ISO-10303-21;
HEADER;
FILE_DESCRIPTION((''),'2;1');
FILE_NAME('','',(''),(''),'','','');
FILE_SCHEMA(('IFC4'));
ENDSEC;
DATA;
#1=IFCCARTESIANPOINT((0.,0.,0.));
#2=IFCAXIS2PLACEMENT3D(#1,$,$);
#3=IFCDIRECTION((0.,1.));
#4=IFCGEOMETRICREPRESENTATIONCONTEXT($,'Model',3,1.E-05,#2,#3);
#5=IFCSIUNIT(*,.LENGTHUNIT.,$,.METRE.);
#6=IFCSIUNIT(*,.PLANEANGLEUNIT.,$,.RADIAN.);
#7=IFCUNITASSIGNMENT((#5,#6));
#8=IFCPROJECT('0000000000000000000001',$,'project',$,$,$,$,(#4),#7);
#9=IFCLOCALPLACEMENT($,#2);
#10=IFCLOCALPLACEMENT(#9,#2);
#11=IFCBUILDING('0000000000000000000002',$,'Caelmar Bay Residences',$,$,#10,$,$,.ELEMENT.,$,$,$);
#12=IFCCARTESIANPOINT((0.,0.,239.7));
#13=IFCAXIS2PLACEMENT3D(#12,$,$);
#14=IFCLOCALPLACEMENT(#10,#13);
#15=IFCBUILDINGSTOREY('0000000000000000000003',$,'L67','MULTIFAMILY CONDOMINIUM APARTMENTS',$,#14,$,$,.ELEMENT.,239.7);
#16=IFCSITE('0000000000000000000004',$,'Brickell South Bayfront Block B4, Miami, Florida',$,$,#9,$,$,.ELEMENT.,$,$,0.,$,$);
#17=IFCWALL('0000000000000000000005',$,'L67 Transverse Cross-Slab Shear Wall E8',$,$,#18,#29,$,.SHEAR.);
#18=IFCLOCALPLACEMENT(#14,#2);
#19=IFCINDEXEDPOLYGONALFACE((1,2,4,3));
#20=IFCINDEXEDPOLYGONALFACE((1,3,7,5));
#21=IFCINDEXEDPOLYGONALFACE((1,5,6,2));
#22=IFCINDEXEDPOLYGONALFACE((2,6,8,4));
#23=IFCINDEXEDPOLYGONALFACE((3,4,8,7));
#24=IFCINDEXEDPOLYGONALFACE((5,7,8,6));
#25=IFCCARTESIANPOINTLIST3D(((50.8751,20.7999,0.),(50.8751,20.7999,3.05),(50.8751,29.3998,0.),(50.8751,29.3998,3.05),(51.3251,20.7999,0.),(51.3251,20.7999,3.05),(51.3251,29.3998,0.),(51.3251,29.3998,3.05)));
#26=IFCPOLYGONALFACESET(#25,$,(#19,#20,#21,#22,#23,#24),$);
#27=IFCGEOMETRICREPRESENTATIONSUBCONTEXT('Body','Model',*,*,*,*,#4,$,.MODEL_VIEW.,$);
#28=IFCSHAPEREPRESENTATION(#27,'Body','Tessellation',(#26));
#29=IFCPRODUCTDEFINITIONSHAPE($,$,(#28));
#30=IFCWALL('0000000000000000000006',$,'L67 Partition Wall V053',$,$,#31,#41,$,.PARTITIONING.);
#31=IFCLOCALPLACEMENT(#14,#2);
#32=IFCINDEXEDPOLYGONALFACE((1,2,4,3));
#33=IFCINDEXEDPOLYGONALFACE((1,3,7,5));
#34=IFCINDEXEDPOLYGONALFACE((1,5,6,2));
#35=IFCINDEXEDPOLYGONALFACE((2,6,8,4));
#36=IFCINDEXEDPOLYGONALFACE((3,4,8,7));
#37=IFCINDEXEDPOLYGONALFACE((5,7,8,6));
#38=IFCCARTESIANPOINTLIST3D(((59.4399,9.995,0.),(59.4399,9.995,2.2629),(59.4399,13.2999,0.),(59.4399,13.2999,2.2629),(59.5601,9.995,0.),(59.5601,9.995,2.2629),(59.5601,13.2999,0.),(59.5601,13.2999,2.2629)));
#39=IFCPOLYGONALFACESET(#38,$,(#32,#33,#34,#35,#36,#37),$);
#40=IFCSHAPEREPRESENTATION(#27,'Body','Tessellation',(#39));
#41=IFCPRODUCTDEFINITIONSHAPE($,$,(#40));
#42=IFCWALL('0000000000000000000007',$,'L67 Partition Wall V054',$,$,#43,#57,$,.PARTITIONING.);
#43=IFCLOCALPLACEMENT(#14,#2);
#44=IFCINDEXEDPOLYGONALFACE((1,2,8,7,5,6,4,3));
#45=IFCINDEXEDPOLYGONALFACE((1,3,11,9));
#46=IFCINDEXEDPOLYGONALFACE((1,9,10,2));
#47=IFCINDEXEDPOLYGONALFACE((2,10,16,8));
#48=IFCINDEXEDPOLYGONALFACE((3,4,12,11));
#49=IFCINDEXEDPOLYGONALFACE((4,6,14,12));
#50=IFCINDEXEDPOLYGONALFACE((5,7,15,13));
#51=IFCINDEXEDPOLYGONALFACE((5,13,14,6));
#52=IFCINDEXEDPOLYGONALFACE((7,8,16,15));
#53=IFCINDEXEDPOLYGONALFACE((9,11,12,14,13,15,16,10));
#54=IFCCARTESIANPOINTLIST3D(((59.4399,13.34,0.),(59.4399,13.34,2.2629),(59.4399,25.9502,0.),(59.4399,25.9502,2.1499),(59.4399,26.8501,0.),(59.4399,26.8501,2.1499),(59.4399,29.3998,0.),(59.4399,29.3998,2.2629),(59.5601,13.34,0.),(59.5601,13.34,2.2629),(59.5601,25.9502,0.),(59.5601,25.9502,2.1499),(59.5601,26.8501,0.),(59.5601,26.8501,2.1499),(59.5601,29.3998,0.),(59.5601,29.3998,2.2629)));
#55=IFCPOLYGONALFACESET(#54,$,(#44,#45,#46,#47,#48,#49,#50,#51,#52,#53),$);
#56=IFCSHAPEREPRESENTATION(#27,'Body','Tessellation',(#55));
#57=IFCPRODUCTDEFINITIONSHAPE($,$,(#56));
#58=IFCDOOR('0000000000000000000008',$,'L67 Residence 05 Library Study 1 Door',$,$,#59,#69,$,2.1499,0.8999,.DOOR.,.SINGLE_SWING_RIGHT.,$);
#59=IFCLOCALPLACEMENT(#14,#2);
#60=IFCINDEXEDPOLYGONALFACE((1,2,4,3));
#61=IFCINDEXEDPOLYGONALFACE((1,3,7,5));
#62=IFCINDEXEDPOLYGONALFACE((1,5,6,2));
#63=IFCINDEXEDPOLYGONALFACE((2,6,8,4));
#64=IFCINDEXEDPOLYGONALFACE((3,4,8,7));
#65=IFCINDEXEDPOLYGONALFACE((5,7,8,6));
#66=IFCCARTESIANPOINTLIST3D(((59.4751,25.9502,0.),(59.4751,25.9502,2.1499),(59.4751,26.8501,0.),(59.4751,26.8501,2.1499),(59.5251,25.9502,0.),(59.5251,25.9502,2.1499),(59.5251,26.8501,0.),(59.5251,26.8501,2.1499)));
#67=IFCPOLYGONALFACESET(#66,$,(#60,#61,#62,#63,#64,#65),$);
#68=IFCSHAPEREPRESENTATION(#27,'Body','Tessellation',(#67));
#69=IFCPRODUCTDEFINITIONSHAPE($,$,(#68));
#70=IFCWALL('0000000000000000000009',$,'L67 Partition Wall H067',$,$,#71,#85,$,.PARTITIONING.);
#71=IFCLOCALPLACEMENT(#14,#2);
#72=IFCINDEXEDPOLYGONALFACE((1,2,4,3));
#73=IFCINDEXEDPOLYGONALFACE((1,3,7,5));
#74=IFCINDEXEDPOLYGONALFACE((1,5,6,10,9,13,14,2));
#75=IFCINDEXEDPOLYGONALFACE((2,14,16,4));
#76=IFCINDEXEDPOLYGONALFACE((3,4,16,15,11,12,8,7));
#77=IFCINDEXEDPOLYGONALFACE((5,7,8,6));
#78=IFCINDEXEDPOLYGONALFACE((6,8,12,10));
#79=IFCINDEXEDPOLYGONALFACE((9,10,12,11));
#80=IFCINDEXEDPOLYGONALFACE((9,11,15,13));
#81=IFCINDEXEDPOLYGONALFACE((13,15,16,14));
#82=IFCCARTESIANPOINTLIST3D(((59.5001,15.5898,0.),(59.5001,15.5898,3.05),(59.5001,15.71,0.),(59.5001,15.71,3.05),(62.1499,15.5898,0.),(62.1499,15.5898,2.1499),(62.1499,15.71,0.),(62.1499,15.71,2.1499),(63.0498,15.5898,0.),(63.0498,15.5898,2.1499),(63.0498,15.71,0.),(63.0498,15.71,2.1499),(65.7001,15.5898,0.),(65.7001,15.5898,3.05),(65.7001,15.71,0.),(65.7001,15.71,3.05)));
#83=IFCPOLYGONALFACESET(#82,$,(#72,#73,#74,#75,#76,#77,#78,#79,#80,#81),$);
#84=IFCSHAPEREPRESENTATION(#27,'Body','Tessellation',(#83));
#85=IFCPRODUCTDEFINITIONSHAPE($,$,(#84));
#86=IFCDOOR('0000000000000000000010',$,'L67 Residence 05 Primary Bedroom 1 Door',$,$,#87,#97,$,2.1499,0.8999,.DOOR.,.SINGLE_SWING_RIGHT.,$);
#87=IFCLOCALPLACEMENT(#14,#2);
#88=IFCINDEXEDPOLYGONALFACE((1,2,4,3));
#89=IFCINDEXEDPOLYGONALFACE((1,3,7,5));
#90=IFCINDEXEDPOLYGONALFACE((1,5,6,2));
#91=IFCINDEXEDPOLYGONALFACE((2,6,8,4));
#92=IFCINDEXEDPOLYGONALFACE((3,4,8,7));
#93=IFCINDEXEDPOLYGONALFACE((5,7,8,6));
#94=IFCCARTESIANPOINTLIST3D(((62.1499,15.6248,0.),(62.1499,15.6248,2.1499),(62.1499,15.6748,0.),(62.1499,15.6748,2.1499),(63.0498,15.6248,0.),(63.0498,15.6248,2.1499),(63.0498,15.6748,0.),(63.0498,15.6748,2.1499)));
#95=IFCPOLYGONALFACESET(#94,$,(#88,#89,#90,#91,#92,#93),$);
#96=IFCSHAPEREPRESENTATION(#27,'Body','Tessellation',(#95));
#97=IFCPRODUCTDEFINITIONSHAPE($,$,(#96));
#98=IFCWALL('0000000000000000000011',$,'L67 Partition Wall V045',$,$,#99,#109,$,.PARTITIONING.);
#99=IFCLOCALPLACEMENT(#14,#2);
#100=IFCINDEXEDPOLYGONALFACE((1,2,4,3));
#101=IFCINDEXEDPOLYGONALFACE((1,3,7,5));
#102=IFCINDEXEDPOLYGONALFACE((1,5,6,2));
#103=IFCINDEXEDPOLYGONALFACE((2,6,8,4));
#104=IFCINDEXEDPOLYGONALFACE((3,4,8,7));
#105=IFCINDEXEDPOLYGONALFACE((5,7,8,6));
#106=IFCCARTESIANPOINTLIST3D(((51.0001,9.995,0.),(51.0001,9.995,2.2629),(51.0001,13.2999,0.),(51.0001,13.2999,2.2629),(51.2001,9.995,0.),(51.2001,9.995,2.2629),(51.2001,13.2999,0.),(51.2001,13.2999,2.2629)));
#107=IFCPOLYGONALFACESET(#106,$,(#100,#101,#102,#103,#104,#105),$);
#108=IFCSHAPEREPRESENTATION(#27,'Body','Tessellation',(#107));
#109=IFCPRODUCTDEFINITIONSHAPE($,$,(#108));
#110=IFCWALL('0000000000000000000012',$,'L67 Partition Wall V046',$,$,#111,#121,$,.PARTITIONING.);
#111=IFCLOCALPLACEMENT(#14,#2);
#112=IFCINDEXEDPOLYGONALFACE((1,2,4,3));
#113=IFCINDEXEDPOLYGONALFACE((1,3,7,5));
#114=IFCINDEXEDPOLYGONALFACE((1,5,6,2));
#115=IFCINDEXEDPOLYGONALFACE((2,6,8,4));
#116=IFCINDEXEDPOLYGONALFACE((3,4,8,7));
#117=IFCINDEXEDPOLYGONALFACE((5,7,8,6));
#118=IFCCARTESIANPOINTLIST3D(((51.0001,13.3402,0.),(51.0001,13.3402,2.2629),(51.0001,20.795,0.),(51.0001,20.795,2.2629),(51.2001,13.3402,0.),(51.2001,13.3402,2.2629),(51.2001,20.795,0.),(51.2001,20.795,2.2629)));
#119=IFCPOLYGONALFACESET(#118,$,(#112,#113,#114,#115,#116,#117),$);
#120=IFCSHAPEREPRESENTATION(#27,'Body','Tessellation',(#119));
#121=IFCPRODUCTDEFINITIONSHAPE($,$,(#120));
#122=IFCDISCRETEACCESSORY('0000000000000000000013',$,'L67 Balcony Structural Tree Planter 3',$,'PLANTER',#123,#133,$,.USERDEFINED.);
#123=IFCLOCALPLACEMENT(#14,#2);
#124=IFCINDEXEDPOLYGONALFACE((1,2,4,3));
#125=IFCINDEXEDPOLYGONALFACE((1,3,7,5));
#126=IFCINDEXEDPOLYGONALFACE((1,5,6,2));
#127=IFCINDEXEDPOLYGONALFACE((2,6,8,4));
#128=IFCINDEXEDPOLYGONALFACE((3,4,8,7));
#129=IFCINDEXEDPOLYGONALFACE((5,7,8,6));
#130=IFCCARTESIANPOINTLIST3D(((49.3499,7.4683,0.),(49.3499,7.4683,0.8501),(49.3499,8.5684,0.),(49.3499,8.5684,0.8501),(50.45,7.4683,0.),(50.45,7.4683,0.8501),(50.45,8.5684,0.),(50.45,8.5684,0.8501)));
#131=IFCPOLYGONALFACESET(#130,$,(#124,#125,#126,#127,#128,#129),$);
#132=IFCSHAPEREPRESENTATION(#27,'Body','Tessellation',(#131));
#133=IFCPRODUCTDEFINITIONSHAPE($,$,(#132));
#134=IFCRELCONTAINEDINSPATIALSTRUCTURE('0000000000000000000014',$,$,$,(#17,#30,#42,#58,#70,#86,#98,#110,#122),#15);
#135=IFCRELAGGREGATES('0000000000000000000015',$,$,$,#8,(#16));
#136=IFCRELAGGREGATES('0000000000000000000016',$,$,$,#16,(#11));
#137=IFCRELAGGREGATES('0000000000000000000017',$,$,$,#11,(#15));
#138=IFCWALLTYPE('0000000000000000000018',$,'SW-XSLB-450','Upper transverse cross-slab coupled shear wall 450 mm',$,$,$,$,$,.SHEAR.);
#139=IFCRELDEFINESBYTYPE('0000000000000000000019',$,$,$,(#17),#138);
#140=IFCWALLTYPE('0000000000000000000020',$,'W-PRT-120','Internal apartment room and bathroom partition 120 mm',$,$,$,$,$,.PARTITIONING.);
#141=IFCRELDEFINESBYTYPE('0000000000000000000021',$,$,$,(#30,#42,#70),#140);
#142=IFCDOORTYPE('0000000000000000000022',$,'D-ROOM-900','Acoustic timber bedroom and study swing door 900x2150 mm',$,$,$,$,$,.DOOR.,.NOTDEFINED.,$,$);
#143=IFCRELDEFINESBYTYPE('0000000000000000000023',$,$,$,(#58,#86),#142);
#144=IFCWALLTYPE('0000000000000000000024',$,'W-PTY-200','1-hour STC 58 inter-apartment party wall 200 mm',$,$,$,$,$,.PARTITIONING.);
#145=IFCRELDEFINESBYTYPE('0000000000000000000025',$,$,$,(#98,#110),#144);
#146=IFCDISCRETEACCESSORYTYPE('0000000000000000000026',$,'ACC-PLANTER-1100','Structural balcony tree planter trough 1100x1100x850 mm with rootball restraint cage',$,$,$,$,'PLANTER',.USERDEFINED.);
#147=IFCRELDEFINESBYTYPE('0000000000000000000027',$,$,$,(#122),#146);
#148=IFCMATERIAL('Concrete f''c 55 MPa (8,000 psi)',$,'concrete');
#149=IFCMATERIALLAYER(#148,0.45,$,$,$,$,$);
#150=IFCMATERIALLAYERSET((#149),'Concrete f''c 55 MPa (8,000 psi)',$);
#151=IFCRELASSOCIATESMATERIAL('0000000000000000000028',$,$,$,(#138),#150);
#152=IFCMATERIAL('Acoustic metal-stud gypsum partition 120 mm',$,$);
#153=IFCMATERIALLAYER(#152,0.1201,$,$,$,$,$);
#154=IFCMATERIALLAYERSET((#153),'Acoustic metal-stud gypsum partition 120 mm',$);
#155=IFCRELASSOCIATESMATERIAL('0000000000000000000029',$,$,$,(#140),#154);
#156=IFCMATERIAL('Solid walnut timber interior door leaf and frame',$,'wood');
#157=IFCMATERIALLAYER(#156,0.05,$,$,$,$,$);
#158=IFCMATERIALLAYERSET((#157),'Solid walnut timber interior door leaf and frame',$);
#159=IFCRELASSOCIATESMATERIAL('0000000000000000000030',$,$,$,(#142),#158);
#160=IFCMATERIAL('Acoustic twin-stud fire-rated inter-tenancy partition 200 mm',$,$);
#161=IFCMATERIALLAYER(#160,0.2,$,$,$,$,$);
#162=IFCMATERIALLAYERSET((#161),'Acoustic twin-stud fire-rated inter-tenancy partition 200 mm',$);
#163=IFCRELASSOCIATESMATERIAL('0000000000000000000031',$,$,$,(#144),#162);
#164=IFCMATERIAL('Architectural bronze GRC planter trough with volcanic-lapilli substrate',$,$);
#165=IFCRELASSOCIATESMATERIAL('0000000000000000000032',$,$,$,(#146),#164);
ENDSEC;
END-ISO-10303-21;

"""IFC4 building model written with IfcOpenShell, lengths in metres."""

from ifc_helpers import new_model, si_unit, direction, frame, frame_2d, origin, origin_2d, place, context, subcontext, project, spatial, rectangle, extrude, material, layer, layer_set, type_object, element, fill, save


model = new_model("IFC4")

# Units and contexts
model_context = context("Model", 3, precision=1e-05, world=origin(), true_north=direction((0.0, 1.0)))
body_context = subcontext(model_context, "Body", "Model", "MODEL_VIEW")
ifc_project = project(units=[si_unit("LENGTHUNIT", "METRE"), si_unit("PLANEANGLEUNIT", "RADIAN")], contexts=[model_context])

# Site, building, storey
site_placement = place(None, origin())
site = spatial("IfcSite", under=ifc_project, at=site_placement, Name="Brickell South Bayfront Block B4, Miami, Florida", CompositionType="ELEMENT", RefElevation=0.0)
building_placement = place(site_placement, origin())
building = spatial("IfcBuilding", under=site, at=building_placement, Name="Caelmar Bay Residences", CompositionType="ELEMENT")
storey_placement = place(building_placement, frame((0.0, 0.0, 239.7)))
storey = spatial("IfcBuildingStorey", under=building, at=storey_placement, Name="L67", Description="MULTIFAMILY CONDOMINIUM APARTMENTS", CompositionType="ELEMENT", Elevation=239.7)

# Shared definitions
ifc_material_1 = material(Name="Concrete f'c 55 MPa (8,000 psi)", Category="concrete")

# Walls
ifc_layer_1 = layer(ifc_material_1, 0.45)
ifc_layer_set_1 = layer_set([ifc_layer_1], Name="Concrete f'c 55 MPa (8,000 psi)")
wall_type_1 = type_object("IfcWallType", Name="SW-XSLB-450", Description="Upper transverse cross-slab coupled shear wall 450 mm", PredefinedType="SHEAR", material=ifc_layer_set_1)
wall_1_placement = place(storey_placement, frame((51.1001, 20.8, 0.0), z_axis=(0.0, 0.0, 1.0), x_axis=(0.0, 1.0, 0.0)))
element("IfcWall", 1, at=wall_1_placement, inside=storey, type_object=wall_type_1, Name="L67 Transverse Cross-Slab Shear Wall E8", PredefinedType="SHEAR", context=body_context, shape_type="SweptSolid", body=[
    extrude(rectangle(XDim=8.5999, YDim=0.45, at=frame_2d((4.2998, 0.0))), origin(), (0.0, 0.0, 1.0), 3.05),
])
ifc_material_2 = material(Name="Acoustic metal-stud gypsum partition 120 mm")
ifc_layer_2 = layer(ifc_material_2, 0.1201)
ifc_layer_set_2 = layer_set([ifc_layer_2], Name="Acoustic metal-stud gypsum partition 120 mm")
wall_type_2 = type_object("IfcWallType", Name="W-PRT-120", Description="Internal apartment room and bathroom partition 120 mm", PredefinedType="PARTITIONING", material=ifc_layer_set_2)
wall_2_placement = place(storey_placement, frame((59.5, 9.9951, 0.0), z_axis=(0.0, 0.0, 1.0), x_axis=(0.0, 1.0, 0.0)))
element("IfcWall", 2, at=wall_2_placement, inside=storey, type_object=wall_type_2, Name="L67 Partition Wall V053", PredefinedType="PARTITIONING", context=body_context, shape_type="SweptSolid", body=[
    extrude(rectangle(XDim=3.3049, YDim=0.1201, at=frame_2d((1.6523, 0.0))), origin(), (0.0, 0.0, 1.0), 2.2629),
])

# Walls, openings, doors
wall_3_placement = place(storey_placement, frame((59.5, 13.3401, 0.0), z_axis=(0.0, 0.0, 1.0), x_axis=(0.0, 1.0, 0.0)))
wall_3 = element("IfcWall", 3, at=wall_3_placement, inside=storey, type_object=wall_type_2, Name="L67 Partition Wall V054", PredefinedType="PARTITIONING", context=body_context, shape_type="SweptSolid", body=[
    extrude(rectangle(XDim=16.0598, YDim=0.1201, at=frame_2d((8.0298, 0.0))), origin(), (0.0, 0.0, 1.0), 2.2629),
])
opening_1_placement = place(wall_3_placement, frame((12.6101, 0.0, 0.0)))
opening_1 = element("IfcOpeningElement", 4, at=opening_1_placement, cuts=wall_3, PredefinedType="OPENING", context=body_context, shape_type="SweptSolid", body=[
    extrude(rectangle(XDim=0.8999, YDim=2.1499, at=frame_2d((0.45, 1.075))), frame((0.0, 0.0701, 0.0), z_axis=(0.0, -1.0, 0.0), x_axis=(1.0, 0.0, 0.0)), (0.0, 0.0, 1.0), 0.1401),
])
ifc_material_3 = material(Name="Solid walnut timber interior door leaf and frame", Category="wood")
ifc_layer_3 = layer(ifc_material_3, 0.05)
ifc_layer_set_3 = layer_set([ifc_layer_3], Name="Solid walnut timber interior door leaf and frame")
door_type = type_object("IfcDoorType", Name="D-ROOM-900", Description="Acoustic timber bedroom and study swing door 900x2150 mm", OperationType="NOTDEFINED", PredefinedType="DOOR", material=ifc_layer_set_3)
door_1_placement = place(opening_1_placement, origin())
door_1 = element("IfcDoor", 5, at=door_1_placement, inside=storey, type_object=door_type, Name="L67 Residence 05 Library Study 1 Door", OperationType="SINGLE_SWING_RIGHT", OverallHeight=2.1499, OverallWidth=0.8999, PredefinedType="DOOR", context=body_context, shape_type="SweptSolid", body=[
    extrude(rectangle(XDim=0.8999, YDim=2.1499, at=frame_2d((0.45, 1.075))), frame((0.0, 0.0249, 0.0), z_axis=(0.0, -1.0, 0.0), x_axis=(1.0, 0.0, 0.0)), (0.0, 0.0, 1.0), 0.05),
])
fill(opening_1, door_1)
wall_4_placement = place(storey_placement, frame((59.5, 15.6499, 0.0), z_axis=(0.0, 0.0, 1.0), x_axis=(1.0, 0.0, 0.0)))
wall_4 = element("IfcWall", 6, at=wall_4_placement, inside=storey, type_object=wall_type_2, Name="L67 Partition Wall H067", PredefinedType="PARTITIONING", context=body_context, shape_type="SweptSolid", body=[
    extrude(rectangle(XDim=6.2, YDim=0.1201, at=frame_2d((3.1001, 0.0))), origin(), (0.0, 0.0, 1.0), 3.05),
])
opening_2_placement = place(wall_4_placement, frame((2.6499, 0.0, 0.0)))
opening_2 = element("IfcOpeningElement", 7, at=opening_2_placement, cuts=wall_4, PredefinedType="OPENING", context=body_context, shape_type="SweptSolid", body=[
    extrude(rectangle(XDim=0.8999, YDim=2.1499, at=frame_2d((0.45, 1.075))), frame((0.0, 0.0701, 0.0), z_axis=(0.0, -1.0, 0.0), x_axis=(1.0, 0.0, 0.0)), (0.0, 0.0, 1.0), 0.1401),
])
door_2_placement = place(opening_2_placement, origin())
door_2 = element("IfcDoor", 8, at=door_2_placement, inside=storey, type_object=door_type, Name="L67 Residence 05 Primary Bedroom 1 Door", OperationType="SINGLE_SWING_RIGHT", OverallHeight=2.1499, OverallWidth=0.8999, PredefinedType="DOOR", context=body_context, shape_type="SweptSolid", body=[
    extrude(rectangle(XDim=0.8999, YDim=2.1499, at=frame_2d((0.45, 1.075))), frame((0.0, 0.0249, 0.0), z_axis=(0.0, -1.0, 0.0), x_axis=(1.0, 0.0, 0.0)), (0.0, 0.0, 1.0), 0.05),
])
fill(opening_2, door_2)

# Walls
ifc_material_4 = material(Name="Acoustic twin-stud fire-rated inter-tenancy partition 200 mm")
ifc_layer_4 = layer(ifc_material_4, 0.2)
ifc_layer_set_4 = layer_set([ifc_layer_4], Name="Acoustic twin-stud fire-rated inter-tenancy partition 200 mm")
wall_type_3 = type_object("IfcWallType", Name="W-PTY-200", Description="1-hour STC 58 inter-apartment party wall 200 mm", PredefinedType="PARTITIONING", material=ifc_layer_set_4)
wall_5_placement = place(storey_placement, frame((51.1001, 9.9951, 0.0), z_axis=(0.0, 0.0, 1.0), x_axis=(0.0, 1.0, 0.0)))
element("IfcWall", 9, at=wall_5_placement, inside=storey, type_object=wall_type_3, Name="L67 Partition Wall V045", PredefinedType="PARTITIONING", context=body_context, shape_type="SweptSolid", body=[
    extrude(rectangle(XDim=3.3049, YDim=0.2, at=frame_2d((1.6523, 0.0))), origin(), (0.0, 0.0, 1.0), 2.2629),
])
wall_6_placement = place(storey_placement, frame((51.1001, 13.3401, 0.0), z_axis=(0.0, 0.0, 1.0), x_axis=(0.0, 1.0, 0.0)))
element("IfcWall", 10, at=wall_6_placement, inside=storey, type_object=wall_type_3, Name="L67 Partition Wall V046", PredefinedType="PARTITIONING", context=body_context, shape_type="SweptSolid", body=[
    extrude(rectangle(XDim=7.4548, YDim=0.2, at=frame_2d((3.7275, 0.0))), origin(), (0.0, 0.0, 1.0), 2.2629),
])

# Discrete accessory
ifc_material_5 = material(Name="Architectural bronze GRC planter trough with volcanic-lapilli substrate")
discrete_accessory_type = type_object("IfcDiscreteAccessoryType", Name="ACC-PLANTER-1100", Description="Structural balcony tree planter trough 1100x1100x850 mm with rootball restraint cage", ElementType="PLANTER", PredefinedType="USERDEFINED", material=ifc_material_5)
discrete_accessory_placement = place(storey_placement, frame((49.8999, 8.0183, 0.0), z_axis=(0.0, 0.0, 1.0), x_axis=(1.0, 0.0, 0.0)))
element("IfcDiscreteAccessory", 11, at=discrete_accessory_placement, inside=storey, type_object=discrete_accessory_type, Name="L67 Balcony Structural Tree Planter 3", ObjectType="PLANTER", PredefinedType="USERDEFINED", context=body_context, shape_type="SweptSolid", body=[
    extrude(rectangle(XDim=1.1001, YDim=1.1001, at=origin_2d()), origin(), (0.0, 0.0, 1.0), 0.8501),
])

save(model, "model.ifc")
